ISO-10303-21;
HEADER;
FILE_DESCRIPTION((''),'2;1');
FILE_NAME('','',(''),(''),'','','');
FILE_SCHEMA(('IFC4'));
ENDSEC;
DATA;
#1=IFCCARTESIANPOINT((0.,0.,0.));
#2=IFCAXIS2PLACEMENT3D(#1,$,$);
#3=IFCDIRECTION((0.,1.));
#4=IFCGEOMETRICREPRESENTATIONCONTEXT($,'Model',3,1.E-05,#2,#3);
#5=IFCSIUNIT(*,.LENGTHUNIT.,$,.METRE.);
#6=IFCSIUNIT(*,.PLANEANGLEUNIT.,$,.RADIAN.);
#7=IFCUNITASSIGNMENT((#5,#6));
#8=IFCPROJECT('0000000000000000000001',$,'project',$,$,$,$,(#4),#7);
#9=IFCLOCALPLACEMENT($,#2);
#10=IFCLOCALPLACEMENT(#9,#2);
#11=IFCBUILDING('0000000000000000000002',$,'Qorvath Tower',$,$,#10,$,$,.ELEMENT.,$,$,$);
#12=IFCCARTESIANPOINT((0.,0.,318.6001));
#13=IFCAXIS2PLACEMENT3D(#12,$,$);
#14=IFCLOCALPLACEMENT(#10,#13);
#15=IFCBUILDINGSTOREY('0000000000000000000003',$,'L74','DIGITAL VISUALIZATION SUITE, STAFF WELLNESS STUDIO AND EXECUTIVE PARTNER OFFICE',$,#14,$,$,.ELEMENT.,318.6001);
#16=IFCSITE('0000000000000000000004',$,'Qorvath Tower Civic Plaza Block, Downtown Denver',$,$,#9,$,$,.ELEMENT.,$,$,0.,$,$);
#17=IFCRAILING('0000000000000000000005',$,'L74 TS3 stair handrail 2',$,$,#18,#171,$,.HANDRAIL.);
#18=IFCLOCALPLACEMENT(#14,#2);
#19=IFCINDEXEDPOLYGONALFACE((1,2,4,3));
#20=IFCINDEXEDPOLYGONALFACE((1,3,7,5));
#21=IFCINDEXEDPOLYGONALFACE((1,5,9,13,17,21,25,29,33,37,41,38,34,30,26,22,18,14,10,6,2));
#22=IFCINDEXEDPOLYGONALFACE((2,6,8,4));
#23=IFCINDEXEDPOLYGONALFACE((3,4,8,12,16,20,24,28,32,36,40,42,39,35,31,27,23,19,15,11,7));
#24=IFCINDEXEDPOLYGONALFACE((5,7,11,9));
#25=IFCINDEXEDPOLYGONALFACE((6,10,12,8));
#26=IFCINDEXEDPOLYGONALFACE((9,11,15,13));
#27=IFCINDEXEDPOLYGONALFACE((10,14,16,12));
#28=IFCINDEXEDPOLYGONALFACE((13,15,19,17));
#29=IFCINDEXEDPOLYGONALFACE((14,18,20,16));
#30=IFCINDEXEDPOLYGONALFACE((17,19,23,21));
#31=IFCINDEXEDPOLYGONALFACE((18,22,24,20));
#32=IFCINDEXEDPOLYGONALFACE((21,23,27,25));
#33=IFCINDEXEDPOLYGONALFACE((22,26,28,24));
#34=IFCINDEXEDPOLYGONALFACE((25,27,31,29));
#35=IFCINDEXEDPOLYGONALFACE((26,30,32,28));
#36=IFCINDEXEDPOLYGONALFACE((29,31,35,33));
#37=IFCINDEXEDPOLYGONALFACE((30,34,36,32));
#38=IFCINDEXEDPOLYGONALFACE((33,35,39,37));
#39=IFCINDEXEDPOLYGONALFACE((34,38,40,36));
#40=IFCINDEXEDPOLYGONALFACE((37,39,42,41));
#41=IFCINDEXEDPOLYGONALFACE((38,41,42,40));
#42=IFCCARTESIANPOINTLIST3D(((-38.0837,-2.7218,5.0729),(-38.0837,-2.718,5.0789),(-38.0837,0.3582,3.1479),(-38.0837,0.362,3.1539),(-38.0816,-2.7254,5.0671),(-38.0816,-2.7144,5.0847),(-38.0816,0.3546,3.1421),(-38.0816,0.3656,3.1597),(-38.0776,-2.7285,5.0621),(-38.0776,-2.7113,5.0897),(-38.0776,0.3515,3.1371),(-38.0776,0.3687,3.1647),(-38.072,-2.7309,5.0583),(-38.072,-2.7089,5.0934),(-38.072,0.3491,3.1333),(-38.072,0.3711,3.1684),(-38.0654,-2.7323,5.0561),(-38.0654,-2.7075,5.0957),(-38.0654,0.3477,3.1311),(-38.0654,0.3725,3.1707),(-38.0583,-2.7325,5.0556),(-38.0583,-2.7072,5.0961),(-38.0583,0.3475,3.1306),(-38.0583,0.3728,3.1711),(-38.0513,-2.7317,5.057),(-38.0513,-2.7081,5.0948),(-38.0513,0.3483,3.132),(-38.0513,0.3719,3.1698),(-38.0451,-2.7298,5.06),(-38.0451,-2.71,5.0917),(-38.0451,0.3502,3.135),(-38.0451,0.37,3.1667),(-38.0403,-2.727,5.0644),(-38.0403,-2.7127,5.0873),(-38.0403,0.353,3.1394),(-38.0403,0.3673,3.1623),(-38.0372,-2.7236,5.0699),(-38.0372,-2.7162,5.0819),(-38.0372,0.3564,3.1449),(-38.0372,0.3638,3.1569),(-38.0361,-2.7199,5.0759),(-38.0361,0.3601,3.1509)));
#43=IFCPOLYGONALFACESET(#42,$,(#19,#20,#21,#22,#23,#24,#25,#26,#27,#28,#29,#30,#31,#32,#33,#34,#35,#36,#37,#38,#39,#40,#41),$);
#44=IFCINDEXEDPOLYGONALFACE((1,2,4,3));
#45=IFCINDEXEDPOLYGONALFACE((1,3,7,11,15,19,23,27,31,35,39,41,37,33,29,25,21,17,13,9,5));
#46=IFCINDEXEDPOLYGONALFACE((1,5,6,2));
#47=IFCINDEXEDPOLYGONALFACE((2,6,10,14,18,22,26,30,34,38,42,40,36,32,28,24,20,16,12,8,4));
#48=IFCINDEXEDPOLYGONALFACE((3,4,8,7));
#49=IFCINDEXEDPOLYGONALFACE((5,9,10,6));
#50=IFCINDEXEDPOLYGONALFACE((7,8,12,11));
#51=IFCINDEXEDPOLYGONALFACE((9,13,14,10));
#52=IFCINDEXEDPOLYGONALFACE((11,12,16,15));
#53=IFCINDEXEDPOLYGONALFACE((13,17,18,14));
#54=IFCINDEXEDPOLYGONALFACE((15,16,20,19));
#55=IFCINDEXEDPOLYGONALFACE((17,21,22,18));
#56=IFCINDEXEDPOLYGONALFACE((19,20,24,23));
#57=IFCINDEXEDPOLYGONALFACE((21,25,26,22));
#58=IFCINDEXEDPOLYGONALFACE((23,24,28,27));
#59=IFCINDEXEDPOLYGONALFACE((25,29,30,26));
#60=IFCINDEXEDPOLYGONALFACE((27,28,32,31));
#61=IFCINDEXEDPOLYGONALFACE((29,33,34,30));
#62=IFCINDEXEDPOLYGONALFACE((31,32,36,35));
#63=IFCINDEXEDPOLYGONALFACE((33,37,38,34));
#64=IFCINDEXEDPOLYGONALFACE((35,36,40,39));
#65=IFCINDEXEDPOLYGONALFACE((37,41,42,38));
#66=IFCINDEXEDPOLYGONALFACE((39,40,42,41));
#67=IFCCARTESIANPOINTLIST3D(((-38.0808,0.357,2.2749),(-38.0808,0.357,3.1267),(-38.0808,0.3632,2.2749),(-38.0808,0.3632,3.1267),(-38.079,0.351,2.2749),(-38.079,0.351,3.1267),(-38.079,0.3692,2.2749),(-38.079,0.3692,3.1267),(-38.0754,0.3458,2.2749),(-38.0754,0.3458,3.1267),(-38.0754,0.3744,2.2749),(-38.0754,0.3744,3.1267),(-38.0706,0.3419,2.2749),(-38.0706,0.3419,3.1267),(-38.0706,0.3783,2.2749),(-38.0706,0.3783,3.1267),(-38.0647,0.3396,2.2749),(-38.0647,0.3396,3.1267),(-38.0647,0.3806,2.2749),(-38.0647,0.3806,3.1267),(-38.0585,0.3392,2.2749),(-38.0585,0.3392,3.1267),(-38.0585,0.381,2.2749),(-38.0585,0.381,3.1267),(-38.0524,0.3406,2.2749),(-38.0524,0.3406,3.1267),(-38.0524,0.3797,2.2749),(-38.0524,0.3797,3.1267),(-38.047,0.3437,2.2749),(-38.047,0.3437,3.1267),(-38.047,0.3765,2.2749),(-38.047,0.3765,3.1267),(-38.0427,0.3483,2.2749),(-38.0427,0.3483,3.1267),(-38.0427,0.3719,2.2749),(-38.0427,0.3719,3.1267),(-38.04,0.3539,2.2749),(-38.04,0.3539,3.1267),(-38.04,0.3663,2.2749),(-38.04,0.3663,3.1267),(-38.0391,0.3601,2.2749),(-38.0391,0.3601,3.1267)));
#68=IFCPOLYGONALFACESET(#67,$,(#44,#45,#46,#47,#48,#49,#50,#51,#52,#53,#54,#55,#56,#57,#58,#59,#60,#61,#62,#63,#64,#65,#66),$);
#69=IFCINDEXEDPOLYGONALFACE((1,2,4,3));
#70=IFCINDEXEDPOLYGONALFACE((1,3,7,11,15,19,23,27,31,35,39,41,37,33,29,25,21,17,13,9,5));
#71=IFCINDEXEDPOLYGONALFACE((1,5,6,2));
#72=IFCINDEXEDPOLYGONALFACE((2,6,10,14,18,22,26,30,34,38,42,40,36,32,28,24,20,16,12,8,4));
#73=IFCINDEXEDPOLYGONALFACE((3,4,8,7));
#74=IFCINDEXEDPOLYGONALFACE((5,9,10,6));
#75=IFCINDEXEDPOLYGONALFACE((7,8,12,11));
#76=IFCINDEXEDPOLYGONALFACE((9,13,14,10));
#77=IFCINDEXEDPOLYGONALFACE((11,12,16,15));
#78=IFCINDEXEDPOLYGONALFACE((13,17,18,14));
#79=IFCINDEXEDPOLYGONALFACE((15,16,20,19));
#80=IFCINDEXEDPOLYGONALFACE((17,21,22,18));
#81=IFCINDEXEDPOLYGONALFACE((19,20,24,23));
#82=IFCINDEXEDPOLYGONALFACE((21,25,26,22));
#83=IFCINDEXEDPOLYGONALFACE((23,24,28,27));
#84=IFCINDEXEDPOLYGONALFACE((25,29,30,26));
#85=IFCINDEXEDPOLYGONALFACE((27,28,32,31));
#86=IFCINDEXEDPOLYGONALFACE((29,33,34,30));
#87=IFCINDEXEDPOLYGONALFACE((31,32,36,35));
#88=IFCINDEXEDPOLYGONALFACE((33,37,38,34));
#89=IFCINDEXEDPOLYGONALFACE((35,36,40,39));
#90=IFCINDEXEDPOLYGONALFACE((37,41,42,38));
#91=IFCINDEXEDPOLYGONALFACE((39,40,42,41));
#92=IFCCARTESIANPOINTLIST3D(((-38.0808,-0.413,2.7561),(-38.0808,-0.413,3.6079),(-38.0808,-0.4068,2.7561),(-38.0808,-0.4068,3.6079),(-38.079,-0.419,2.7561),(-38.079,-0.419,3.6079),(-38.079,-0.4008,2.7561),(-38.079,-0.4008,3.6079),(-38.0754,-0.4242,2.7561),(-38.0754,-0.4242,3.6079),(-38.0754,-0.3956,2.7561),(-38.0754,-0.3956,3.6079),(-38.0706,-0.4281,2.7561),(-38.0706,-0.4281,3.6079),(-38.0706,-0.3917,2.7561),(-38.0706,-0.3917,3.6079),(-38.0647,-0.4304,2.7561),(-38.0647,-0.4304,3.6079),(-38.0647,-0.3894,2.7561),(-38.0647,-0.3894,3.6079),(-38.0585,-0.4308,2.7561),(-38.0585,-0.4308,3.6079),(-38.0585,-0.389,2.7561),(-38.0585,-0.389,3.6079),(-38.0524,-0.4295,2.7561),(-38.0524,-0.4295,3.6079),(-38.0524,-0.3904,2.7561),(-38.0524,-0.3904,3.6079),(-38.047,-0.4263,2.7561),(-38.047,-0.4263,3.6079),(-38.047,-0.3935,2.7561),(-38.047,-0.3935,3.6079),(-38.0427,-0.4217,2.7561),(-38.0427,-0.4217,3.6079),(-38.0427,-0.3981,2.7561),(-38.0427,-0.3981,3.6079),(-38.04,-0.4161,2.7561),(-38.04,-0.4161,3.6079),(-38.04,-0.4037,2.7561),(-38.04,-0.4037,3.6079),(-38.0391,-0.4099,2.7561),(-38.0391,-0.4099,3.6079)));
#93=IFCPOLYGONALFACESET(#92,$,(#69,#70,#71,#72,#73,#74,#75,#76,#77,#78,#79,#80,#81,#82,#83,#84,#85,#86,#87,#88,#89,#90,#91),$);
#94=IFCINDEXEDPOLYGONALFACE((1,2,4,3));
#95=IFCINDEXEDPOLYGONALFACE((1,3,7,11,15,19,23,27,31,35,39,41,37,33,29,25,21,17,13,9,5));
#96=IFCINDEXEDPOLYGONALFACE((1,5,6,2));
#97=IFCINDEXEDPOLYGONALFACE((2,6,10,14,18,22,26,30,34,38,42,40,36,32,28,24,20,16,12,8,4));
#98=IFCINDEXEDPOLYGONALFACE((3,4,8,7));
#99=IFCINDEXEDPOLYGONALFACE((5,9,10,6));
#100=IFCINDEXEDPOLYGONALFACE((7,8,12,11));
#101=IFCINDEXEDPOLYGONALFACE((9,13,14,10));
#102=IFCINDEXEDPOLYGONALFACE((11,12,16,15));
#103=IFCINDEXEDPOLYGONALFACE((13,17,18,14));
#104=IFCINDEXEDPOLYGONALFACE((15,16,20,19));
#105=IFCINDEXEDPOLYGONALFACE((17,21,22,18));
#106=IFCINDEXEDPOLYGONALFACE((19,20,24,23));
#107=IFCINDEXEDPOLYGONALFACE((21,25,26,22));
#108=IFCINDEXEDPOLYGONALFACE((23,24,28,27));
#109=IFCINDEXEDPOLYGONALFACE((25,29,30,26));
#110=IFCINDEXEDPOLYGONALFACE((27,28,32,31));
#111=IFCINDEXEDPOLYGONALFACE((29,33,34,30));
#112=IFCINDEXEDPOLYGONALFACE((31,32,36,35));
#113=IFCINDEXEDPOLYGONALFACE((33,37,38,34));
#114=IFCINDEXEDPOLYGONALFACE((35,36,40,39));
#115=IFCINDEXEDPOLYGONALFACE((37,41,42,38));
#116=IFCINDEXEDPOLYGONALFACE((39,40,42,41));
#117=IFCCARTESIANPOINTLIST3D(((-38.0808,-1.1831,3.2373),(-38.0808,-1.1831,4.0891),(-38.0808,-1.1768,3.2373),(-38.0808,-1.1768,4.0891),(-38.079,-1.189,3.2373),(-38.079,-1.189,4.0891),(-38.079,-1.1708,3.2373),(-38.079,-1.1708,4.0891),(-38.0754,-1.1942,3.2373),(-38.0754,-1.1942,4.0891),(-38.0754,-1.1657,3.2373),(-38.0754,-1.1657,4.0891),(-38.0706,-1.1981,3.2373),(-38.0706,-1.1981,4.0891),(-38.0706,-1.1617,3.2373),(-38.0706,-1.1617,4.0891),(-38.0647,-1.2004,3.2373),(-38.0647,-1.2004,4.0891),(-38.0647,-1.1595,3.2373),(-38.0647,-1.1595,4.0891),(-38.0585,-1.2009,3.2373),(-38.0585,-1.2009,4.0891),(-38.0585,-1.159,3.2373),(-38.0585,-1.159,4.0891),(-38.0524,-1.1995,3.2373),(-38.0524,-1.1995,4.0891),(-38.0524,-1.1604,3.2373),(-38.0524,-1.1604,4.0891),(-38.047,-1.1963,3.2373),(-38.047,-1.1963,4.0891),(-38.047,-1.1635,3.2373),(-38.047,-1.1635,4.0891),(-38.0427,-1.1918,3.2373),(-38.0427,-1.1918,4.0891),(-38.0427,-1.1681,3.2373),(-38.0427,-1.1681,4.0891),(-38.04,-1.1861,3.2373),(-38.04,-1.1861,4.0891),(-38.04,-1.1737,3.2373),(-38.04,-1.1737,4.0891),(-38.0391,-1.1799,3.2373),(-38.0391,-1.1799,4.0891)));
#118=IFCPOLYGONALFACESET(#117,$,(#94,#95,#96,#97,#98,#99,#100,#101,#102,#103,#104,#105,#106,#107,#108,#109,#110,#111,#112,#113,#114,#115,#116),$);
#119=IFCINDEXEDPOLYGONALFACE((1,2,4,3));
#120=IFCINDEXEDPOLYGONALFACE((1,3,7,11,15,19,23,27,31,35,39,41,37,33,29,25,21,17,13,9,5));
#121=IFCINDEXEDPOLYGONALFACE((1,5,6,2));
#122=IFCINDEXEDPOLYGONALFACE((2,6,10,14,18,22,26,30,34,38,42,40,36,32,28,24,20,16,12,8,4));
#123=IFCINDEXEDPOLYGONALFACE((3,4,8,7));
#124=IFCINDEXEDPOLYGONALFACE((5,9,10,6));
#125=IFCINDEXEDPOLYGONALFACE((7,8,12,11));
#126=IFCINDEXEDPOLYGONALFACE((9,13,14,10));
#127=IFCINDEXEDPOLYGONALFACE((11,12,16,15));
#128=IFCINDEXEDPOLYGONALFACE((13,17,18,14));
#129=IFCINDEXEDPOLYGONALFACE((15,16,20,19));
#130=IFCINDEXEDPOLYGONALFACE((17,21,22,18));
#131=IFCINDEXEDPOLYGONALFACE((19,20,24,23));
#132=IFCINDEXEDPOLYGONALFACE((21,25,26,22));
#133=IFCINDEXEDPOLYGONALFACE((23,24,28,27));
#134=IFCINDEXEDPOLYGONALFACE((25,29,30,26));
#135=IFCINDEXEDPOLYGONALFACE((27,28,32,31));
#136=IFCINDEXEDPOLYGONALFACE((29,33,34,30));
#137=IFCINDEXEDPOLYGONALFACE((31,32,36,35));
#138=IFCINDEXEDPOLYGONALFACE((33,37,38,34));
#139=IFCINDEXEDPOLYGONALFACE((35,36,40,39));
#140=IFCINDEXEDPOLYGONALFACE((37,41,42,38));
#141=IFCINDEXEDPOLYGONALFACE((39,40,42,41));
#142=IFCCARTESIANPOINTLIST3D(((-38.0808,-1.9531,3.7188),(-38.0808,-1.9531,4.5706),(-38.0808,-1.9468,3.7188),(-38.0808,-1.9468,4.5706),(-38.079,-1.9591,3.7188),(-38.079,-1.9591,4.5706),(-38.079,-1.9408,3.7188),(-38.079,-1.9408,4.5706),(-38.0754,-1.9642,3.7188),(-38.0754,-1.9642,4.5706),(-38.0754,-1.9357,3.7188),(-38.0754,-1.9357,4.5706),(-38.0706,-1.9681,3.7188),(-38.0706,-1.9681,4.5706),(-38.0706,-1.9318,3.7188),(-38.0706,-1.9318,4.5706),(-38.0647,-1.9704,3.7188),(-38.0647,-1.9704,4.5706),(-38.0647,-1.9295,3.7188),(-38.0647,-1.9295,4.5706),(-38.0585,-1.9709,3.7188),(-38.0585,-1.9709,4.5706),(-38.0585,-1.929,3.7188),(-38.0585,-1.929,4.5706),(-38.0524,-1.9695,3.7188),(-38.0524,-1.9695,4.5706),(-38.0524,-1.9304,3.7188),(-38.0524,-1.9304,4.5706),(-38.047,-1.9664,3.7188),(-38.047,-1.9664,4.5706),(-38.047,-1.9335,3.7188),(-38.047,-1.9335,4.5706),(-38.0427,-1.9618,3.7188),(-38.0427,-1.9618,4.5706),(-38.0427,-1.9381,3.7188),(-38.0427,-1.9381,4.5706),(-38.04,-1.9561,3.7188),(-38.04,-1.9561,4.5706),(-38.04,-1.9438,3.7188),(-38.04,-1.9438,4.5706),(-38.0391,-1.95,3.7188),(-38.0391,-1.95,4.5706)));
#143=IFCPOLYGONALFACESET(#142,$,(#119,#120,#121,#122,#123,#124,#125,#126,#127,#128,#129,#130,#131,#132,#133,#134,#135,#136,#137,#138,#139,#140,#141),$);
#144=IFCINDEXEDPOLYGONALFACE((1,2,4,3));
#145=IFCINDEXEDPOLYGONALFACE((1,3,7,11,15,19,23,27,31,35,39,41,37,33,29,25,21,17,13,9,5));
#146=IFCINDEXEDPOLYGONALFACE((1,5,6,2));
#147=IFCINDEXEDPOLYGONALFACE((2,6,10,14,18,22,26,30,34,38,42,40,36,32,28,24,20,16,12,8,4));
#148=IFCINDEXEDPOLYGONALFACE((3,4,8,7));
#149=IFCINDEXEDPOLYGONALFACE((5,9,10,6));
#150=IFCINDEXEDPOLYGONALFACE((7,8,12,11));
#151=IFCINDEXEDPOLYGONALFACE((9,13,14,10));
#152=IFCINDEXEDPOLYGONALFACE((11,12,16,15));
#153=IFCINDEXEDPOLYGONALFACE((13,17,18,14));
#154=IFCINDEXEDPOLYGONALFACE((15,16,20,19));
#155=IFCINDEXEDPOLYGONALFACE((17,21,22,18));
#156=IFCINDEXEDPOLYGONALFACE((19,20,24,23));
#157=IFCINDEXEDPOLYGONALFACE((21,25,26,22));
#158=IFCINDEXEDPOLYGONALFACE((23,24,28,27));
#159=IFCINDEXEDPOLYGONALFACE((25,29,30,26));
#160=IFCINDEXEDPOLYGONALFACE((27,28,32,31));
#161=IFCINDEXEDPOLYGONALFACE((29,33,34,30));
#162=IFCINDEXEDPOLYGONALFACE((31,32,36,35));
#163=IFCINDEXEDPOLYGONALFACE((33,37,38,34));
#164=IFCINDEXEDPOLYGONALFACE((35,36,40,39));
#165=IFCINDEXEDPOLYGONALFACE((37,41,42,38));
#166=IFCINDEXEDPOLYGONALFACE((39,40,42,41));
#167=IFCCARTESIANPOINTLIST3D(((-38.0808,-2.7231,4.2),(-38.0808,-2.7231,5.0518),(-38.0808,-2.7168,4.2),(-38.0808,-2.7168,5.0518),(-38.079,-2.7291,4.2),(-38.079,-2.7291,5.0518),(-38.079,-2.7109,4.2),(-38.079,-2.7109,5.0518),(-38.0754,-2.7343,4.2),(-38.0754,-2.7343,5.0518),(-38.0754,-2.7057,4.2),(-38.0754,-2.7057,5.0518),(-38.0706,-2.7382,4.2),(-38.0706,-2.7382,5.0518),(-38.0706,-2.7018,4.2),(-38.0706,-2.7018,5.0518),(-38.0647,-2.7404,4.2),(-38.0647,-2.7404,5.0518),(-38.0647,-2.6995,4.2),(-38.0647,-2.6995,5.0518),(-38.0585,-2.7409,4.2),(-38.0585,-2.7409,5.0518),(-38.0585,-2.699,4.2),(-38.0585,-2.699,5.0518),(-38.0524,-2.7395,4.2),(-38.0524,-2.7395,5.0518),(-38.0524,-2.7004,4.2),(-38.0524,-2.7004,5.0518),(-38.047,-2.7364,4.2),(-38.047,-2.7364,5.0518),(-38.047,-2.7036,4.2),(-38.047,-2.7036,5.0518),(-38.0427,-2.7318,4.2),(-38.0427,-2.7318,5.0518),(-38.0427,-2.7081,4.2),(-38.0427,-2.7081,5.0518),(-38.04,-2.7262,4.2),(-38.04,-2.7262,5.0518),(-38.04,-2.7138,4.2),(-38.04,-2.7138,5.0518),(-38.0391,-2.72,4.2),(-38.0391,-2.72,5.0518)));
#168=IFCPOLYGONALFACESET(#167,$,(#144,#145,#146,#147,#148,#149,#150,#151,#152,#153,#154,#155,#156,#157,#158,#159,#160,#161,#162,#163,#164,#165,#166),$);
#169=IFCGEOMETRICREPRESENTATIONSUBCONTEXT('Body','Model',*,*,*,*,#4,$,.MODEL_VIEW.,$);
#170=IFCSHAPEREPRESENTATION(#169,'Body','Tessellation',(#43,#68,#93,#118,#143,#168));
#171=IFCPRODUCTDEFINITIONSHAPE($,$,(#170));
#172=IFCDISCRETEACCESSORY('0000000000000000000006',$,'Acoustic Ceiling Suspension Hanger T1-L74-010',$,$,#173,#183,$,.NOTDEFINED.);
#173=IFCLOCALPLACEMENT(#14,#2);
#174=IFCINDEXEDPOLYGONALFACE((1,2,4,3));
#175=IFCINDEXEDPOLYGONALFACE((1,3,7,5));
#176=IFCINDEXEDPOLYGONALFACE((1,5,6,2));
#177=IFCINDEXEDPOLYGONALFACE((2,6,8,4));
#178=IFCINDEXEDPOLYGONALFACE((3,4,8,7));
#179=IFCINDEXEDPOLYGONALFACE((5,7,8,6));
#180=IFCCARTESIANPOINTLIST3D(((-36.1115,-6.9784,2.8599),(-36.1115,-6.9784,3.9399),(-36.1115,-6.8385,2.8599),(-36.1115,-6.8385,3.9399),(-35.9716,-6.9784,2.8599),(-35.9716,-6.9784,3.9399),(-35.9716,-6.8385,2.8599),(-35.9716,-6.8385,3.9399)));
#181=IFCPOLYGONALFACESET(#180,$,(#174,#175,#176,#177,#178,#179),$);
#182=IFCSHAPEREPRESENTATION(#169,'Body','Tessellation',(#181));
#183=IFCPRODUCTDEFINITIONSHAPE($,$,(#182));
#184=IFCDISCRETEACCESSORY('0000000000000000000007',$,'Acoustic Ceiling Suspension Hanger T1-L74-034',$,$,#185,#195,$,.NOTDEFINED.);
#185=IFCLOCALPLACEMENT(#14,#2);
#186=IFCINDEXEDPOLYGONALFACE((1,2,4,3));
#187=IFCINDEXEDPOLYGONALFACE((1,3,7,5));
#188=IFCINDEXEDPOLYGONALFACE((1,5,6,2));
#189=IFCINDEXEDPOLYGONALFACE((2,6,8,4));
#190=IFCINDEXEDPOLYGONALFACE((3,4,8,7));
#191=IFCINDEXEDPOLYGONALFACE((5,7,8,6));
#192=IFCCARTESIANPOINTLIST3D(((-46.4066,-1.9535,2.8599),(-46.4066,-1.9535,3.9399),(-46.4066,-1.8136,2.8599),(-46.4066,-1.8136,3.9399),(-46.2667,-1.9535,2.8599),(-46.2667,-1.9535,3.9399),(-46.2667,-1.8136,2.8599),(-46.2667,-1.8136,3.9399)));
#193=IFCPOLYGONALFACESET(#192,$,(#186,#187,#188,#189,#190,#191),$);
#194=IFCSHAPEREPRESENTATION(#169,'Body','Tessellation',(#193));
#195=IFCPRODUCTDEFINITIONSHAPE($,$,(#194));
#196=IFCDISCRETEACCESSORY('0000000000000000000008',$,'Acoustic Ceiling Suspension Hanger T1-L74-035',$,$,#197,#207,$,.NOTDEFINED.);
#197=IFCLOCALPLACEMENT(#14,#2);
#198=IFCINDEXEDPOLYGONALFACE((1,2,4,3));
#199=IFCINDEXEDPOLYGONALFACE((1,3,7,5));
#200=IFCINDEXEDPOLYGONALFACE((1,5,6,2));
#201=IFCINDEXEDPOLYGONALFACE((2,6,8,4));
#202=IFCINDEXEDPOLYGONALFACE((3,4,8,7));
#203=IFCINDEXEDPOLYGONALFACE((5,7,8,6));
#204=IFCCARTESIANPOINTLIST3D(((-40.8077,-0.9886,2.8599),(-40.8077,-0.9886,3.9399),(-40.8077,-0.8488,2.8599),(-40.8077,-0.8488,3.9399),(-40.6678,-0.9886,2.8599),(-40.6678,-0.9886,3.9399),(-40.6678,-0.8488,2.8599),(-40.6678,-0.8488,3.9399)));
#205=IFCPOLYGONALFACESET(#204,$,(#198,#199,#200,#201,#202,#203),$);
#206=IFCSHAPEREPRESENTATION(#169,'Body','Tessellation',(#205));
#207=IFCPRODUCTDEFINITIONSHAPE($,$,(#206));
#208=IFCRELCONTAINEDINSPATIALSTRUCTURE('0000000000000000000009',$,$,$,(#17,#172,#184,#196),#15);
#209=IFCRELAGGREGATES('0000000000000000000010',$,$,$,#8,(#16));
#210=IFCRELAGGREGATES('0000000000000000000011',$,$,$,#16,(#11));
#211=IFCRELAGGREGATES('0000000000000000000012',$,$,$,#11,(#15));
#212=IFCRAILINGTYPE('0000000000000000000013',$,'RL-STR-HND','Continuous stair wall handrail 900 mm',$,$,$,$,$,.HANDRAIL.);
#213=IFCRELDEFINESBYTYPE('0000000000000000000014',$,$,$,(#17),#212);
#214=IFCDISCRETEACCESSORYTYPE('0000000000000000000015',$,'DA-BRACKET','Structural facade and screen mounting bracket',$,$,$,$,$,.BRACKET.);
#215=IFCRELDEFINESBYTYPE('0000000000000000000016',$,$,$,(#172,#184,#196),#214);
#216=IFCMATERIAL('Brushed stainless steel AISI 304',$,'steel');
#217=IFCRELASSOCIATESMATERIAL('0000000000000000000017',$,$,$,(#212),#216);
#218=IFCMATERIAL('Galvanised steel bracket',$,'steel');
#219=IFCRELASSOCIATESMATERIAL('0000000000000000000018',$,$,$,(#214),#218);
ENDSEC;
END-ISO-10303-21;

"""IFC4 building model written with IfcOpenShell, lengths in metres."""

from ifc_helpers import new_model, si_unit, direction, frame, origin, origin_2d, place, context, subcontext, project, spatial, rectangle, circle, extrude, material, type_object, element, save


model = new_model("IFC4")

# Units and contexts
model_context = context("Model", 3, precision=1e-05, world=origin(), true_north=direction((0.0, 1.0)))
body_context = subcontext(model_context, "Body", "Model", "MODEL_VIEW")
ifc_project = project(units=[si_unit("LENGTHUNIT", "METRE"), si_unit("PLANEANGLEUNIT", "RADIAN")], contexts=[model_context])

# Site, building, storey
site_placement = place(None, origin())
site = spatial("IfcSite", under=ifc_project, at=site_placement, Name="Qorvath Tower Civic Plaza Block, Downtown Denver", CompositionType="ELEMENT", RefElevation=0.0)
building_placement = place(site_placement, origin())
building = spatial("IfcBuilding", under=site, at=building_placement, Name="Qorvath Tower", CompositionType="ELEMENT")
storey_placement = place(building_placement, frame((0.0, 0.0, 318.6001)))
storey = spatial("IfcBuildingStorey", under=building, at=storey_placement, Name="L74", Description="DIGITAL VISUALIZATION SUITE, STAFF WELLNESS STUDIO AND EXECUTIVE PARTNER OFFICE", CompositionType="ELEMENT", Elevation=318.6001)

# Railing
ifc_material_1 = material(Name="Brushed stainless steel AISI 304", Category="steel")
railing_type_1 = type_object("IfcRailingType", Name="RL-STR-HND", Description="Continuous stair wall handrail 900 mm", PredefinedType="HANDRAIL", material=ifc_material_1)
railing_1_placement = place(storey_placement, frame((-38.0601, 0.3601, 2.2749)))
element("IfcRailing", 1, at=railing_1_placement, inside=storey, type_object=railing_type_1, Name="L74 TS3 stair handrail 2", PredefinedType="HANDRAIL", context=body_context, shape_type="SweptSolid", body=[
    extrude(circle(Radius=0.0239, at=origin_2d()), frame((0.0, 0.0, 0.876), z_axis=(0.0, -0.847998, 0.529999), x_axis=(1.0, 0.0, 0.0)), (0.0, 0.0, 1.0), 3.6321),
    extrude(circle(Radius=0.021, at=origin_2d()), origin(), (0.0, 0.0, 1.0), 0.8518),
    extrude(circle(Radius=0.021, at=origin_2d()), frame((0.0, -0.77, 0.4812)), (0.0, 0.0, 1.0), 0.8518),
    extrude(circle(Radius=0.021, at=origin_2d()), frame((0.0, -1.54, 0.9624)), (0.0, 0.0, 1.0), 0.8518),
    extrude(circle(Radius=0.021, at=origin_2d()), frame((0.0, -2.3101, 1.4438)), (0.0, 0.0, 1.0), 0.8518),
    extrude(circle(Radius=0.021, at=origin_2d()), frame((0.0, -3.0801, 1.925)), (0.0, 0.0, 1.0), 0.8518),
])

# Discrete accessories
ifc_material_2 = material(Name="Galvanised steel bracket", Category="steel")
discrete_accessory_type = type_object("IfcDiscreteAccessoryType", Name="DA-BRACKET", Description="Structural facade and screen mounting bracket", PredefinedType="BRACKET", material=ifc_material_2)
for number, where, z_axis, x_axis, name in (
    (2, (-36.0415, -6.9084, 2.8599), (0.0, 0.0, 1.0), (1.0, 0.0, 0.0), "Acoustic Ceiling Suspension Hanger T1-L74-010"),
    (3, (-46.3367, -1.8835, 2.8599), (0.0, 0.0, 1.0), (1.0, 0.0, 0.0), "Acoustic Ceiling Suspension Hanger T1-L74-034"),
    (4, (-40.7378, -0.9187, 2.8599), (0.0, 0.0, 1.0), (1.0, 0.0, 0.0), "Acoustic Ceiling Suspension Hanger T1-L74-035"),
):
    element("IfcDiscreteAccessory", number, at=place(storey_placement, frame(where, z_axis=z_axis, x_axis=x_axis)), inside=storey, type_object=discrete_accessory_type, Name=name, PredefinedType="NOTDEFINED", context=body_context, shape_type="SweptSolid", body=[
        extrude(rectangle(XDim=0.1399, YDim=0.1399, at=origin_2d()), origin(), (0.0, 0.0, 1.0), 1.0801),
    ])

save(model, "model.ifc")
